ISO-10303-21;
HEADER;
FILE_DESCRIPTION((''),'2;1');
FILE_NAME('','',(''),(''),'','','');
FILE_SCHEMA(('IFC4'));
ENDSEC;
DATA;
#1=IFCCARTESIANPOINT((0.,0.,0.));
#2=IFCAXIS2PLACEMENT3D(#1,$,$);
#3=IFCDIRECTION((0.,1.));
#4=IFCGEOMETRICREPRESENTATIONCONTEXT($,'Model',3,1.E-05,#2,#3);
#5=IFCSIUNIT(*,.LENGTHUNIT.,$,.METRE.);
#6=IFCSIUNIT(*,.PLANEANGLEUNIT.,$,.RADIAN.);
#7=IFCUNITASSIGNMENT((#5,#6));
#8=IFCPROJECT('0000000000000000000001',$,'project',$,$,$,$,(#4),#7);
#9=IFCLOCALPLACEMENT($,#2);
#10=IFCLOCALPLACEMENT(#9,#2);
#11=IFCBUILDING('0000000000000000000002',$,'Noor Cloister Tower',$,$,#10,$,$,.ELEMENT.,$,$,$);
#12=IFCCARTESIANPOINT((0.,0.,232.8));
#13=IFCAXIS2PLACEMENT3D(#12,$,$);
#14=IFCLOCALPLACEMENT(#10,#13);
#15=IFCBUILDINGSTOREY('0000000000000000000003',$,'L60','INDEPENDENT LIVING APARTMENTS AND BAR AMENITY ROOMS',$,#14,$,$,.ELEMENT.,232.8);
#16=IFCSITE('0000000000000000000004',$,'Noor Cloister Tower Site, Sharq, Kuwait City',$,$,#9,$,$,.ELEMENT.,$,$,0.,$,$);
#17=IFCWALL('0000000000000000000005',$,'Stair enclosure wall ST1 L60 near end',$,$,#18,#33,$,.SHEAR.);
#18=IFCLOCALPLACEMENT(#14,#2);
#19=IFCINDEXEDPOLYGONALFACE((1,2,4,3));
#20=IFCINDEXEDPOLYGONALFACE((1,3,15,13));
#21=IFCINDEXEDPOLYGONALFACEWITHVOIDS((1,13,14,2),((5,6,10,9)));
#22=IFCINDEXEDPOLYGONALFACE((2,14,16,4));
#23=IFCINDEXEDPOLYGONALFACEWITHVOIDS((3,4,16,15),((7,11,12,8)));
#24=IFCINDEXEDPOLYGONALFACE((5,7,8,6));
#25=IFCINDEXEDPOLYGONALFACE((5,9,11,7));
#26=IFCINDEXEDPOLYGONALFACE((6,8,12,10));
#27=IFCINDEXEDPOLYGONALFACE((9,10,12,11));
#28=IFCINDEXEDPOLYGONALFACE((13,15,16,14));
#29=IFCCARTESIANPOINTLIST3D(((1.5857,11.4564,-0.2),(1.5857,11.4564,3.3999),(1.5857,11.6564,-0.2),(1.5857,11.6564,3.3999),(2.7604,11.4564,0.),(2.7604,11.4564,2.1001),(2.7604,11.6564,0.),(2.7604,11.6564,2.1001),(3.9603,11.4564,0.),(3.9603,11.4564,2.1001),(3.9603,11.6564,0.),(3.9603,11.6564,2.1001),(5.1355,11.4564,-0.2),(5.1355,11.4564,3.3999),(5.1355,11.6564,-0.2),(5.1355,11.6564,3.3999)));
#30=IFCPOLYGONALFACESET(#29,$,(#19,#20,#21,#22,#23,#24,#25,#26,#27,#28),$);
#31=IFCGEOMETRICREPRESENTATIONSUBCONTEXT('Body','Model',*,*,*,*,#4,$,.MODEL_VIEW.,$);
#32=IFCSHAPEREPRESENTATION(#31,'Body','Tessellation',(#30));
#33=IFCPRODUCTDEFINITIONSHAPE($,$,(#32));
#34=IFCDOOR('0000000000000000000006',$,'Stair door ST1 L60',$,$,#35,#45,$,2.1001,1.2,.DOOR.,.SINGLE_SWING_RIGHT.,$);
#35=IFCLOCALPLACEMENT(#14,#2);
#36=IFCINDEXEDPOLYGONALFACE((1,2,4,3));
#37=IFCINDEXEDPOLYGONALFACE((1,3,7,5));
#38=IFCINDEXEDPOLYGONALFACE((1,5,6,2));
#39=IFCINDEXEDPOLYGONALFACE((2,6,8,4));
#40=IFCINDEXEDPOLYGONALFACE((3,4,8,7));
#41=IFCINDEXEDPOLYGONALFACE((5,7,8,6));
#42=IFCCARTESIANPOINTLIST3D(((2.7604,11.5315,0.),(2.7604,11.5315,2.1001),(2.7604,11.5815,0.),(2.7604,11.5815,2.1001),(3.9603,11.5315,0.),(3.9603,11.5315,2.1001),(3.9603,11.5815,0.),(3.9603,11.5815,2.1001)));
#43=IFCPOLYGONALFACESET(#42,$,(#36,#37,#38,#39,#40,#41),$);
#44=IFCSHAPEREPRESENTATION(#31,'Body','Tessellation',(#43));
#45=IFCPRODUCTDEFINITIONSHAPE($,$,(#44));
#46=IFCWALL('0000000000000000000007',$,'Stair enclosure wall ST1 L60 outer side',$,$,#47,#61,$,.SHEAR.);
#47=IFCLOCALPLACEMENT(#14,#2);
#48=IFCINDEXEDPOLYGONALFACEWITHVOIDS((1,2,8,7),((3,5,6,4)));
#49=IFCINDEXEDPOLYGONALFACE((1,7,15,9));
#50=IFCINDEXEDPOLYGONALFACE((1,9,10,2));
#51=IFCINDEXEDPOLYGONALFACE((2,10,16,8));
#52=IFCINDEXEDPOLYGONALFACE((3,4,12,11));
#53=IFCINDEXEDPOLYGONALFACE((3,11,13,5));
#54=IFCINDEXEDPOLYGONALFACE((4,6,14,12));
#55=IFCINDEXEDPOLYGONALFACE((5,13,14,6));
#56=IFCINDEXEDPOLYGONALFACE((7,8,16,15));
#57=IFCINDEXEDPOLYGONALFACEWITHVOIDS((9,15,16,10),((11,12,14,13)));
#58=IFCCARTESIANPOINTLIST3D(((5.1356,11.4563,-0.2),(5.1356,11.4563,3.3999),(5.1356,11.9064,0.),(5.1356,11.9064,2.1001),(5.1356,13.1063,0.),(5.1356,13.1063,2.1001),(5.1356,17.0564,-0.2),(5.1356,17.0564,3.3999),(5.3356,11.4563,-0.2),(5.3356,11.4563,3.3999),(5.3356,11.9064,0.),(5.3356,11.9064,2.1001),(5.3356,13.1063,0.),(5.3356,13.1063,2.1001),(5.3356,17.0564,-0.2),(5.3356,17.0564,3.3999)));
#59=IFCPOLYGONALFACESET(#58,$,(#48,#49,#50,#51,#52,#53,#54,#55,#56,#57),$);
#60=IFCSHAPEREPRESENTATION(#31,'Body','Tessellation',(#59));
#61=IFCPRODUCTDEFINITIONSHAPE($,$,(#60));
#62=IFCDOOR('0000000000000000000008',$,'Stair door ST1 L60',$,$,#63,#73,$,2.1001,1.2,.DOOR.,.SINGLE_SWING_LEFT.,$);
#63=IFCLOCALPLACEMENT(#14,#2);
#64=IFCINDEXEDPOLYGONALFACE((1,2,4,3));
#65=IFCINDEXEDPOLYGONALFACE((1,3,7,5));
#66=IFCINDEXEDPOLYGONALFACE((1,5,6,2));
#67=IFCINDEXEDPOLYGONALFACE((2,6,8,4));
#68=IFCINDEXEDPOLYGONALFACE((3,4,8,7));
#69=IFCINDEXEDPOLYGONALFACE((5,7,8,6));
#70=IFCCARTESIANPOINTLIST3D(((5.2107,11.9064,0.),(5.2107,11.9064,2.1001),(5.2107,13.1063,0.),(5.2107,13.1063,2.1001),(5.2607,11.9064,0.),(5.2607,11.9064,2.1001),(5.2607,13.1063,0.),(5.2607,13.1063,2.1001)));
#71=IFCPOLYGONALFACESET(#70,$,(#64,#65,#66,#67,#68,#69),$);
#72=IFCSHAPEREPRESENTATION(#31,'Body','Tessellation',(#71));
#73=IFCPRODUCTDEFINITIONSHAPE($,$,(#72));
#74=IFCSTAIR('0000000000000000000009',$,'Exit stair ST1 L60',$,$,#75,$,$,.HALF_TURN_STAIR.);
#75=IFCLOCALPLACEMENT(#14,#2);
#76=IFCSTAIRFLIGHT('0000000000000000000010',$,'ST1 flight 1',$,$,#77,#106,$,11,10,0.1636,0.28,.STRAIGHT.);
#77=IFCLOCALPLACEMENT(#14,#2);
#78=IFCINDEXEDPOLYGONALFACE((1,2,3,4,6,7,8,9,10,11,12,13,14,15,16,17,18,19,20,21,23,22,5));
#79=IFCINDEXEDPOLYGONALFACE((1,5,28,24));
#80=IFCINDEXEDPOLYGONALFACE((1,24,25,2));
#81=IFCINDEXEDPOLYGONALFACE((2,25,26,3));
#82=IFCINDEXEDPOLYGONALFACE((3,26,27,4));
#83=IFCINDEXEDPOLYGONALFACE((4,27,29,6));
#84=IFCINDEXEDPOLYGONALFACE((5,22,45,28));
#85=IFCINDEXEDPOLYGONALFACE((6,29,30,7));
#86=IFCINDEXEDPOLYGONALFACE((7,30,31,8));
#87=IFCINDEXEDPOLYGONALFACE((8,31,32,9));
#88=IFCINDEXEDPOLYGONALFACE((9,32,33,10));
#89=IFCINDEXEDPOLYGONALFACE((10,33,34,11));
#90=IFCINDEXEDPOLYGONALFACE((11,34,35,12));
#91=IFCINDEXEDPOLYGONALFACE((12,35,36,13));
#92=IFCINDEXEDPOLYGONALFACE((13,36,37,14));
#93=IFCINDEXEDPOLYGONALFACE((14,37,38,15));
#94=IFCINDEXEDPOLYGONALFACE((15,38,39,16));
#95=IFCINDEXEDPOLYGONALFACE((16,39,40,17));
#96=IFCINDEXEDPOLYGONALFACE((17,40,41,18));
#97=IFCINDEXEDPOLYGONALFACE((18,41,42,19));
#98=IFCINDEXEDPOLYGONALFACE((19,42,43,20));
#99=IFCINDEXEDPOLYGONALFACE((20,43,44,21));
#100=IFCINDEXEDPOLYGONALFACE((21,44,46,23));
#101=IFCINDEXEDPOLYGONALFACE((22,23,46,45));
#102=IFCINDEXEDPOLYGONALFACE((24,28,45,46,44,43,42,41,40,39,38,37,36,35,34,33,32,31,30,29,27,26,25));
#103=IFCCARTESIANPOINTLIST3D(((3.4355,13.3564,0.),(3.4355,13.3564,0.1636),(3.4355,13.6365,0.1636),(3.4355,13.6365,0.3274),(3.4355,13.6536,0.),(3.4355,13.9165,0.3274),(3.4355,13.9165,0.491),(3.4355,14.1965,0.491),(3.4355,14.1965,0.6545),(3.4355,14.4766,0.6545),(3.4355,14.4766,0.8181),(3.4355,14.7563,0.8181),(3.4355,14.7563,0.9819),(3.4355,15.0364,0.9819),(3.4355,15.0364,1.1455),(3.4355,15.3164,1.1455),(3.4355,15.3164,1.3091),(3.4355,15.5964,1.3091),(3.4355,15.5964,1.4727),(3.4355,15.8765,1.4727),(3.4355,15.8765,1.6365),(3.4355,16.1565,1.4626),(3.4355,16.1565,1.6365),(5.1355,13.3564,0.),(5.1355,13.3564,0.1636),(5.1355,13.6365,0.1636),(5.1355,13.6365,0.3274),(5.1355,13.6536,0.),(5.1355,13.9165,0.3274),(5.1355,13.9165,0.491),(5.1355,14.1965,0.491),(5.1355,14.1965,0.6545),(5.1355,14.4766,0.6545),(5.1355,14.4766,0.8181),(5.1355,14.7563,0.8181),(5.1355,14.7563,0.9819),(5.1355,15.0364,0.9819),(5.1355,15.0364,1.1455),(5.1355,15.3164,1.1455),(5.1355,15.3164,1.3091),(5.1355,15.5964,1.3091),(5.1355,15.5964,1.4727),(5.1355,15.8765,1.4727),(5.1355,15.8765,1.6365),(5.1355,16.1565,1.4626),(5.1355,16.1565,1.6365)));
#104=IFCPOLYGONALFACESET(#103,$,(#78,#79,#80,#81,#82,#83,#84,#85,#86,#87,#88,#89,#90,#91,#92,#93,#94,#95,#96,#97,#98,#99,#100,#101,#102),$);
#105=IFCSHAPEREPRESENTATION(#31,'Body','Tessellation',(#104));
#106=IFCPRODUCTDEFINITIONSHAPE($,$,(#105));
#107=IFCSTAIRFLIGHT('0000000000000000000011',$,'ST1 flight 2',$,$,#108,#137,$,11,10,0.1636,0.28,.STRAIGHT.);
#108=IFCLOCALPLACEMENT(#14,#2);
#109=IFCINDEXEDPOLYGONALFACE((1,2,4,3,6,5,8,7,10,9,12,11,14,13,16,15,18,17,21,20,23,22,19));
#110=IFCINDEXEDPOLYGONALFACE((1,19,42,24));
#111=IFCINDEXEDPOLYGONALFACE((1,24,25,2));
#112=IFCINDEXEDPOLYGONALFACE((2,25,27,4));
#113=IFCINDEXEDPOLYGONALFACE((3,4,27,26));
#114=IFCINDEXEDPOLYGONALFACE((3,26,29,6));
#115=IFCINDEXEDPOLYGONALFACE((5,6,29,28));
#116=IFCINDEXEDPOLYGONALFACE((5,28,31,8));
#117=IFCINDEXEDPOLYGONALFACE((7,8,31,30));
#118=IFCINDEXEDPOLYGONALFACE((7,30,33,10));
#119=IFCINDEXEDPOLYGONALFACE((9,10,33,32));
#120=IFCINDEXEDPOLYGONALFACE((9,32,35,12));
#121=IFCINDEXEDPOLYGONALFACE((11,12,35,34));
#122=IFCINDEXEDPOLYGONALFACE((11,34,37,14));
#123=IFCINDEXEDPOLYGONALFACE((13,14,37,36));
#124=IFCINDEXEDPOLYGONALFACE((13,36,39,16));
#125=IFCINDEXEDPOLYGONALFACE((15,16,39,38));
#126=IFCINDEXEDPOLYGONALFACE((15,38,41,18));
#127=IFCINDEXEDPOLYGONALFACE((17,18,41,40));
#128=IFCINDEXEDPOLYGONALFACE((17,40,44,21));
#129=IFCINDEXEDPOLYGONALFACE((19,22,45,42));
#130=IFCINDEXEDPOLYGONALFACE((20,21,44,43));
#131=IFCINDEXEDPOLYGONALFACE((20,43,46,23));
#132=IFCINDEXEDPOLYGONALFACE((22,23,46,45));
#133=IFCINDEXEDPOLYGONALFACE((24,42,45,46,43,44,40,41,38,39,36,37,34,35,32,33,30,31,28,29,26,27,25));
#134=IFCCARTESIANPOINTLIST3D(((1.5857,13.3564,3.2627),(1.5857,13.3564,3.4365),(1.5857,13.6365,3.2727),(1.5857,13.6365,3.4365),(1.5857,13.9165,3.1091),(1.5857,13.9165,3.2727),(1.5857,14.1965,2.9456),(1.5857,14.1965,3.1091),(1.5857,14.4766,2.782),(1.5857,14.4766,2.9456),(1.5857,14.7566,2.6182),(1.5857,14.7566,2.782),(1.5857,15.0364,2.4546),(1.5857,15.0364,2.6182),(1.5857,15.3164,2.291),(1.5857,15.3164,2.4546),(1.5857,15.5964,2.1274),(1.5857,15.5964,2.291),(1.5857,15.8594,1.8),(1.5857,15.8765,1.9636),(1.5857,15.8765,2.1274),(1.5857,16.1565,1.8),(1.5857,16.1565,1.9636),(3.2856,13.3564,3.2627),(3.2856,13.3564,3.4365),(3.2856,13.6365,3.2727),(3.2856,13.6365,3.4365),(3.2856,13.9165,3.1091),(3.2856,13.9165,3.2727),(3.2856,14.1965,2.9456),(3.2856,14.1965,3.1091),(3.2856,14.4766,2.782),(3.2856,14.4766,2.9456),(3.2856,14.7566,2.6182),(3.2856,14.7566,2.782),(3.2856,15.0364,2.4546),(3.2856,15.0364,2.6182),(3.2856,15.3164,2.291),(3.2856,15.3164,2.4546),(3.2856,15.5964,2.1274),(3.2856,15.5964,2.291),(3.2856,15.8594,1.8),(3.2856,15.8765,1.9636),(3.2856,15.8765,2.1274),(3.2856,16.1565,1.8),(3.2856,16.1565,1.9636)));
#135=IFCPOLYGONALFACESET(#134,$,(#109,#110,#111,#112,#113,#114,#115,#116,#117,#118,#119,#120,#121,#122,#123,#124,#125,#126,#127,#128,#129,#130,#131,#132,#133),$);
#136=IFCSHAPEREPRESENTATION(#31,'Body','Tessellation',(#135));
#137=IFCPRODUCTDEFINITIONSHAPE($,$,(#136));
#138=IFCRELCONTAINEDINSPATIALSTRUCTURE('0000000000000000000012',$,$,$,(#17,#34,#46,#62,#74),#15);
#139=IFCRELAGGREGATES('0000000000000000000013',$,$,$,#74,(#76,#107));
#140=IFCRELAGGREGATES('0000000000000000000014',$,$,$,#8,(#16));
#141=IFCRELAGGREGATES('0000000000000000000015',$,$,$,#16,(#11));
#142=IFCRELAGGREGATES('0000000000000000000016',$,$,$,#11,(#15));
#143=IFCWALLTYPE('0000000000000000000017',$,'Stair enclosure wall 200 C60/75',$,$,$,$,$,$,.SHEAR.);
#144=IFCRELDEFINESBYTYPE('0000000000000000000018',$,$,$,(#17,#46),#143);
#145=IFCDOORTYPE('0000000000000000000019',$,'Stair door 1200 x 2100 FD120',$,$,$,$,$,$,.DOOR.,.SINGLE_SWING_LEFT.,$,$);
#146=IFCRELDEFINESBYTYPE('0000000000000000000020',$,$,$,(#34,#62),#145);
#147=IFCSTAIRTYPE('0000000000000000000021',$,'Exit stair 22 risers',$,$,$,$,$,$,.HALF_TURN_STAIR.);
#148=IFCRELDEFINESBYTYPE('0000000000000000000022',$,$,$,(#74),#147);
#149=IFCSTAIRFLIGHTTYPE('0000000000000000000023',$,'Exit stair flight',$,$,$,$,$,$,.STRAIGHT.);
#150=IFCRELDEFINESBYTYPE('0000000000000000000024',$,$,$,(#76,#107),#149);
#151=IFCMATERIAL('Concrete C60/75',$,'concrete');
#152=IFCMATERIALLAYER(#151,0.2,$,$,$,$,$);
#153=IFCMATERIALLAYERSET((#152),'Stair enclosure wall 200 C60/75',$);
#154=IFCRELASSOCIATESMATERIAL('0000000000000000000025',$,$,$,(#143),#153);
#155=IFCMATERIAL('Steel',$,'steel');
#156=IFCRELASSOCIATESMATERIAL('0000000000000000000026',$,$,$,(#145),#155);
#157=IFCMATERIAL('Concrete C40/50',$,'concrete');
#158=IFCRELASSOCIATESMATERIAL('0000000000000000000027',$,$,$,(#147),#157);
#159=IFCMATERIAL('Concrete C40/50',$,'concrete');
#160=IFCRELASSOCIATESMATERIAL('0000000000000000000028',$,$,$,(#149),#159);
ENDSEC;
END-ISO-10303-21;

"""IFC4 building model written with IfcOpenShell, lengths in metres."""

from ifc_helpers import new_model, si_unit, direction, frame, frame_2d, origin, place, context, subcontext, project, spatial, polyline, rectangle, outline, extrude, material, layer, layer_set, type_object, element, fill, aggregate, save


model = new_model("IFC4")

# Units and contexts
model_context = context("Model", 3, precision=1e-05, world=origin(), true_north=direction((0.0, 1.0)))
body_context = subcontext(model_context, "Body", "Model", "MODEL_VIEW")
ifc_project = project(units=[si_unit("LENGTHUNIT", "METRE"), si_unit("PLANEANGLEUNIT", "RADIAN")], contexts=[model_context])

# Site, building, storey
site_placement = place(None, origin())
site = spatial("IfcSite", under=ifc_project, at=site_placement, Name="Noor Cloister Tower Site, Sharq, Kuwait City", CompositionType="ELEMENT", RefElevation=0.0)
building_placement = place(site_placement, origin())
building = spatial("IfcBuilding", under=site, at=building_placement, Name="Noor Cloister Tower", CompositionType="ELEMENT")
storey_placement = place(building_placement, frame((0.0, 0.0, 232.8)))
storey = spatial("IfcBuildingStorey", under=building, at=storey_placement, Name="L60", Description="INDEPENDENT LIVING APARTMENTS AND BAR AMENITY ROOMS", CompositionType="ELEMENT", Elevation=232.8)

# Walls, openings, doors
ifc_material_1 = material(Name="Concrete C60/75", Category="concrete")
ifc_layer_1 = layer(ifc_material_1, 0.2)
ifc_layer_set_1 = layer_set([ifc_layer_1], Name="Stair enclosure wall 200 C60/75")
wall_type_1 = type_object("IfcWallType", Name="Stair enclosure wall 200 C60/75", PredefinedType="SHEAR", material=ifc_layer_set_1)
wall_1_placement = place(storey_placement, frame((5.1355, 11.5564, -0.2), z_axis=(0.0, 0.0, 1.0), x_axis=(-1.0, 0.0, 0.0)))
wall_1 = element("IfcWall", 1, at=wall_1_placement, inside=storey, type_object=wall_type_1, Name="Stair enclosure wall ST1 L60 near end", PredefinedType="SHEAR", context=body_context, shape_type="SweptSolid", body=[
    extrude(rectangle(XDim=3.5498, YDim=0.2, at=frame_2d((1.7749, 0.0))), origin(), (0.0, 0.0, 1.0), 3.5999),
])
opening_1_placement = place(wall_1_placement, frame((1.175, 0.0, 0.2)))
opening_1 = element("IfcOpeningElement", 2, at=opening_1_placement, cuts=wall_1, PredefinedType="OPENING", context=body_context, shape_type="SweptSolid", body=[
    extrude(rectangle(XDim=1.2, YDim=2.1001, at=frame_2d((0.6001, 1.05))), frame((0.0, 0.1099, 0.0), z_axis=(0.0, -1.0, 0.0), x_axis=(1.0, 0.0, 0.0)), (0.0, 0.0, 1.0), 0.22),
])
ifc_material_2 = material(Name="Steel", Category="steel")
door_type_1 = type_object("IfcDoorType", Name="Stair door 1200 x 2100 FD120", OperationType="SINGLE_SWING_LEFT", PredefinedType="DOOR", material=ifc_material_2)
door_1_placement = place(opening_1_placement, origin())
door_1 = element("IfcDoor", 3, at=door_1_placement, inside=storey, type_object=door_type_1, Name="Stair door ST1 L60", OperationType="SINGLE_SWING_RIGHT", OverallHeight=2.1001, OverallWidth=1.2, PredefinedType="DOOR", context=body_context, shape_type="SweptSolid", body=[
    extrude(rectangle(XDim=1.2, YDim=2.1001, at=frame_2d((0.6001, 1.05))), frame((0.0, 0.0249, 0.0), z_axis=(0.0, -1.0, 0.0), x_axis=(1.0, 0.0, 0.0)), (0.0, 0.0, 1.0), 0.05),
])
fill(opening_1, door_1)
wall_2_placement = place(storey_placement, frame((5.2356, 11.4563, -0.2), z_axis=(0.0, 0.0, 1.0), x_axis=(0.0, 1.0, 0.0)))
wall_2 = element("IfcWall", 4, at=wall_2_placement, inside=storey, type_object=wall_type_1, Name="Stair enclosure wall ST1 L60 outer side", PredefinedType="SHEAR", context=body_context, shape_type="SweptSolid", body=[
    extrude(rectangle(XDim=5.6001, YDim=0.2, at=frame_2d((2.8, 0.0))), origin(), (0.0, 0.0, 1.0), 3.5999),
])
opening_2_placement = place(wall_2_placement, frame((0.45, 0.0, 0.2)))
opening_2 = element("IfcOpeningElement", 5, at=opening_2_placement, cuts=wall_2, PredefinedType="OPENING", context=body_context, shape_type="SweptSolid", body=[
    extrude(rectangle(XDim=1.2, YDim=2.1001, at=frame_2d((0.6001, 1.05))), frame((0.0, 0.1099, 0.0), z_axis=(0.0, -1.0, 0.0), x_axis=(1.0, 0.0, 0.0)), (0.0, 0.0, 1.0), 0.22),
])
door_2_placement = place(opening_2_placement, origin())
door_2 = element("IfcDoor", 6, at=door_2_placement, inside=storey, type_object=door_type_1, Name="Stair door ST1 L60", OperationType="SINGLE_SWING_LEFT", OverallHeight=2.1001, OverallWidth=1.2, PredefinedType="DOOR", context=body_context, shape_type="SweptSolid", body=[
    extrude(rectangle(XDim=1.2, YDim=2.1001, at=frame_2d((0.6001, 1.05))), frame((0.0, 0.0249, 0.0), z_axis=(0.0, -1.0, 0.0), x_axis=(1.0, 0.0, 0.0)), (0.0, 0.0, 1.0), 0.05),
])
fill(opening_2, door_2)

# Stair, stair flights
ifc_material_3 = material(Name="Concrete C40/50", Category="concrete")
stair_type = type_object("IfcStairType", Name="Exit stair 22 risers", PredefinedType="HALF_TURN_STAIR", material=ifc_material_3)
stair_placement = place(storey_placement, origin())
stair = element("IfcStair", 7, at=stair_placement, inside=storey, type_object=stair_type, Name="Exit stair ST1 L60", PredefinedType="HALF_TURN_STAIR")
ifc_material_4 = material(Name="Concrete C40/50", Category="concrete")
stair_flight_type = type_object("IfcStairFlightType", Name="Exit stair flight", PredefinedType="STRAIGHT", material=ifc_material_4)
stair_flight_1_placement = place(storey_placement, frame((4.2856, 13.3564, 0.0), z_axis=(0.0, 0.0, 1.0), x_axis=(0.0, 1.0, 0.0)))
stair_flight_1 = element("IfcStairFlight", 8, at=stair_flight_1_placement, type_object=stair_flight_type, Name="ST1 flight 1", NumberOfRisers=11, NumberOfTreads=10, PredefinedType="STRAIGHT", RiserHeight=0.1636, TreadLength=0.28, context=body_context, shape_type="SweptSolid", body=[
    extrude(outline(polyline([(0.0, 0.0), (0.0, 0.1636), (0.28, 0.1636), (0.28, 0.3274), (0.5601, 0.3274), (0.5601, 0.491), (0.8401, 0.491), (0.8401, 0.6545), (1.1201, 0.6545), (1.1201, 0.8181), (1.3999, 0.8181), (1.3999, 0.9819), (1.6799, 0.9819), (1.6799, 1.1455), (1.96, 1.1455), (1.96, 1.3091), (2.24, 1.3091), (2.24, 1.4727), (2.52, 1.4727), (2.52, 1.6365), (2.8, 1.6365), (2.8, 1.8), (2.8, 1.4626), (0.2971, 0.0), (0.0, 0.0)])), frame((0.0, 0.8501, 0.0), z_axis=(0.0, -1.0, 0.0), x_axis=(1.0, 0.0, 0.0)), (0.0, 0.0, 1.0), 1.7),
])
stair_flight_2_placement = place(storey_placement, frame((2.4355, 16.1565, 1.8), z_axis=(0.0, 0.0, 1.0), x_axis=(0.0, -1.0, 0.0)))
stair_flight_2 = element("IfcStairFlight", 9, at=stair_flight_2_placement, type_object=stair_flight_type, Name="ST1 flight 2", NumberOfRisers=11, NumberOfTreads=10, PredefinedType="STRAIGHT", RiserHeight=0.1636, TreadLength=0.28, context=body_context, shape_type="SweptSolid", body=[
    extrude(outline(polyline([(0.0, 0.0), (0.0, 0.1636), (0.28, 0.1636), (0.28, 0.3274), (0.5601, 0.3274), (0.5601, 0.491), (0.8401, 0.491), (0.8401, 0.6545), (1.1201, 0.6545), (1.1201, 0.8181), (1.3999, 0.8181), (1.3999, 0.9819), (1.6799, 0.9819), (1.6799, 1.1455), (1.96, 1.1455), (1.96, 1.3091), (2.24, 1.3091), (2.24, 1.4727), (2.52, 1.4727), (2.52, 1.6365), (2.8, 1.6365), (2.8, 1.8), (2.8, 1.4626), (0.2971, 0.0), (0.0, 0.0)])), frame((0.0, 0.8501, 0.0), z_axis=(0.0, -1.0, 0.0), x_axis=(1.0, 0.0, 0.0)), (0.0, 0.0, 1.0), 1.7),
])
aggregate(stair, [stair_flight_1, stair_flight_2])

save(model, "model.ifc")
